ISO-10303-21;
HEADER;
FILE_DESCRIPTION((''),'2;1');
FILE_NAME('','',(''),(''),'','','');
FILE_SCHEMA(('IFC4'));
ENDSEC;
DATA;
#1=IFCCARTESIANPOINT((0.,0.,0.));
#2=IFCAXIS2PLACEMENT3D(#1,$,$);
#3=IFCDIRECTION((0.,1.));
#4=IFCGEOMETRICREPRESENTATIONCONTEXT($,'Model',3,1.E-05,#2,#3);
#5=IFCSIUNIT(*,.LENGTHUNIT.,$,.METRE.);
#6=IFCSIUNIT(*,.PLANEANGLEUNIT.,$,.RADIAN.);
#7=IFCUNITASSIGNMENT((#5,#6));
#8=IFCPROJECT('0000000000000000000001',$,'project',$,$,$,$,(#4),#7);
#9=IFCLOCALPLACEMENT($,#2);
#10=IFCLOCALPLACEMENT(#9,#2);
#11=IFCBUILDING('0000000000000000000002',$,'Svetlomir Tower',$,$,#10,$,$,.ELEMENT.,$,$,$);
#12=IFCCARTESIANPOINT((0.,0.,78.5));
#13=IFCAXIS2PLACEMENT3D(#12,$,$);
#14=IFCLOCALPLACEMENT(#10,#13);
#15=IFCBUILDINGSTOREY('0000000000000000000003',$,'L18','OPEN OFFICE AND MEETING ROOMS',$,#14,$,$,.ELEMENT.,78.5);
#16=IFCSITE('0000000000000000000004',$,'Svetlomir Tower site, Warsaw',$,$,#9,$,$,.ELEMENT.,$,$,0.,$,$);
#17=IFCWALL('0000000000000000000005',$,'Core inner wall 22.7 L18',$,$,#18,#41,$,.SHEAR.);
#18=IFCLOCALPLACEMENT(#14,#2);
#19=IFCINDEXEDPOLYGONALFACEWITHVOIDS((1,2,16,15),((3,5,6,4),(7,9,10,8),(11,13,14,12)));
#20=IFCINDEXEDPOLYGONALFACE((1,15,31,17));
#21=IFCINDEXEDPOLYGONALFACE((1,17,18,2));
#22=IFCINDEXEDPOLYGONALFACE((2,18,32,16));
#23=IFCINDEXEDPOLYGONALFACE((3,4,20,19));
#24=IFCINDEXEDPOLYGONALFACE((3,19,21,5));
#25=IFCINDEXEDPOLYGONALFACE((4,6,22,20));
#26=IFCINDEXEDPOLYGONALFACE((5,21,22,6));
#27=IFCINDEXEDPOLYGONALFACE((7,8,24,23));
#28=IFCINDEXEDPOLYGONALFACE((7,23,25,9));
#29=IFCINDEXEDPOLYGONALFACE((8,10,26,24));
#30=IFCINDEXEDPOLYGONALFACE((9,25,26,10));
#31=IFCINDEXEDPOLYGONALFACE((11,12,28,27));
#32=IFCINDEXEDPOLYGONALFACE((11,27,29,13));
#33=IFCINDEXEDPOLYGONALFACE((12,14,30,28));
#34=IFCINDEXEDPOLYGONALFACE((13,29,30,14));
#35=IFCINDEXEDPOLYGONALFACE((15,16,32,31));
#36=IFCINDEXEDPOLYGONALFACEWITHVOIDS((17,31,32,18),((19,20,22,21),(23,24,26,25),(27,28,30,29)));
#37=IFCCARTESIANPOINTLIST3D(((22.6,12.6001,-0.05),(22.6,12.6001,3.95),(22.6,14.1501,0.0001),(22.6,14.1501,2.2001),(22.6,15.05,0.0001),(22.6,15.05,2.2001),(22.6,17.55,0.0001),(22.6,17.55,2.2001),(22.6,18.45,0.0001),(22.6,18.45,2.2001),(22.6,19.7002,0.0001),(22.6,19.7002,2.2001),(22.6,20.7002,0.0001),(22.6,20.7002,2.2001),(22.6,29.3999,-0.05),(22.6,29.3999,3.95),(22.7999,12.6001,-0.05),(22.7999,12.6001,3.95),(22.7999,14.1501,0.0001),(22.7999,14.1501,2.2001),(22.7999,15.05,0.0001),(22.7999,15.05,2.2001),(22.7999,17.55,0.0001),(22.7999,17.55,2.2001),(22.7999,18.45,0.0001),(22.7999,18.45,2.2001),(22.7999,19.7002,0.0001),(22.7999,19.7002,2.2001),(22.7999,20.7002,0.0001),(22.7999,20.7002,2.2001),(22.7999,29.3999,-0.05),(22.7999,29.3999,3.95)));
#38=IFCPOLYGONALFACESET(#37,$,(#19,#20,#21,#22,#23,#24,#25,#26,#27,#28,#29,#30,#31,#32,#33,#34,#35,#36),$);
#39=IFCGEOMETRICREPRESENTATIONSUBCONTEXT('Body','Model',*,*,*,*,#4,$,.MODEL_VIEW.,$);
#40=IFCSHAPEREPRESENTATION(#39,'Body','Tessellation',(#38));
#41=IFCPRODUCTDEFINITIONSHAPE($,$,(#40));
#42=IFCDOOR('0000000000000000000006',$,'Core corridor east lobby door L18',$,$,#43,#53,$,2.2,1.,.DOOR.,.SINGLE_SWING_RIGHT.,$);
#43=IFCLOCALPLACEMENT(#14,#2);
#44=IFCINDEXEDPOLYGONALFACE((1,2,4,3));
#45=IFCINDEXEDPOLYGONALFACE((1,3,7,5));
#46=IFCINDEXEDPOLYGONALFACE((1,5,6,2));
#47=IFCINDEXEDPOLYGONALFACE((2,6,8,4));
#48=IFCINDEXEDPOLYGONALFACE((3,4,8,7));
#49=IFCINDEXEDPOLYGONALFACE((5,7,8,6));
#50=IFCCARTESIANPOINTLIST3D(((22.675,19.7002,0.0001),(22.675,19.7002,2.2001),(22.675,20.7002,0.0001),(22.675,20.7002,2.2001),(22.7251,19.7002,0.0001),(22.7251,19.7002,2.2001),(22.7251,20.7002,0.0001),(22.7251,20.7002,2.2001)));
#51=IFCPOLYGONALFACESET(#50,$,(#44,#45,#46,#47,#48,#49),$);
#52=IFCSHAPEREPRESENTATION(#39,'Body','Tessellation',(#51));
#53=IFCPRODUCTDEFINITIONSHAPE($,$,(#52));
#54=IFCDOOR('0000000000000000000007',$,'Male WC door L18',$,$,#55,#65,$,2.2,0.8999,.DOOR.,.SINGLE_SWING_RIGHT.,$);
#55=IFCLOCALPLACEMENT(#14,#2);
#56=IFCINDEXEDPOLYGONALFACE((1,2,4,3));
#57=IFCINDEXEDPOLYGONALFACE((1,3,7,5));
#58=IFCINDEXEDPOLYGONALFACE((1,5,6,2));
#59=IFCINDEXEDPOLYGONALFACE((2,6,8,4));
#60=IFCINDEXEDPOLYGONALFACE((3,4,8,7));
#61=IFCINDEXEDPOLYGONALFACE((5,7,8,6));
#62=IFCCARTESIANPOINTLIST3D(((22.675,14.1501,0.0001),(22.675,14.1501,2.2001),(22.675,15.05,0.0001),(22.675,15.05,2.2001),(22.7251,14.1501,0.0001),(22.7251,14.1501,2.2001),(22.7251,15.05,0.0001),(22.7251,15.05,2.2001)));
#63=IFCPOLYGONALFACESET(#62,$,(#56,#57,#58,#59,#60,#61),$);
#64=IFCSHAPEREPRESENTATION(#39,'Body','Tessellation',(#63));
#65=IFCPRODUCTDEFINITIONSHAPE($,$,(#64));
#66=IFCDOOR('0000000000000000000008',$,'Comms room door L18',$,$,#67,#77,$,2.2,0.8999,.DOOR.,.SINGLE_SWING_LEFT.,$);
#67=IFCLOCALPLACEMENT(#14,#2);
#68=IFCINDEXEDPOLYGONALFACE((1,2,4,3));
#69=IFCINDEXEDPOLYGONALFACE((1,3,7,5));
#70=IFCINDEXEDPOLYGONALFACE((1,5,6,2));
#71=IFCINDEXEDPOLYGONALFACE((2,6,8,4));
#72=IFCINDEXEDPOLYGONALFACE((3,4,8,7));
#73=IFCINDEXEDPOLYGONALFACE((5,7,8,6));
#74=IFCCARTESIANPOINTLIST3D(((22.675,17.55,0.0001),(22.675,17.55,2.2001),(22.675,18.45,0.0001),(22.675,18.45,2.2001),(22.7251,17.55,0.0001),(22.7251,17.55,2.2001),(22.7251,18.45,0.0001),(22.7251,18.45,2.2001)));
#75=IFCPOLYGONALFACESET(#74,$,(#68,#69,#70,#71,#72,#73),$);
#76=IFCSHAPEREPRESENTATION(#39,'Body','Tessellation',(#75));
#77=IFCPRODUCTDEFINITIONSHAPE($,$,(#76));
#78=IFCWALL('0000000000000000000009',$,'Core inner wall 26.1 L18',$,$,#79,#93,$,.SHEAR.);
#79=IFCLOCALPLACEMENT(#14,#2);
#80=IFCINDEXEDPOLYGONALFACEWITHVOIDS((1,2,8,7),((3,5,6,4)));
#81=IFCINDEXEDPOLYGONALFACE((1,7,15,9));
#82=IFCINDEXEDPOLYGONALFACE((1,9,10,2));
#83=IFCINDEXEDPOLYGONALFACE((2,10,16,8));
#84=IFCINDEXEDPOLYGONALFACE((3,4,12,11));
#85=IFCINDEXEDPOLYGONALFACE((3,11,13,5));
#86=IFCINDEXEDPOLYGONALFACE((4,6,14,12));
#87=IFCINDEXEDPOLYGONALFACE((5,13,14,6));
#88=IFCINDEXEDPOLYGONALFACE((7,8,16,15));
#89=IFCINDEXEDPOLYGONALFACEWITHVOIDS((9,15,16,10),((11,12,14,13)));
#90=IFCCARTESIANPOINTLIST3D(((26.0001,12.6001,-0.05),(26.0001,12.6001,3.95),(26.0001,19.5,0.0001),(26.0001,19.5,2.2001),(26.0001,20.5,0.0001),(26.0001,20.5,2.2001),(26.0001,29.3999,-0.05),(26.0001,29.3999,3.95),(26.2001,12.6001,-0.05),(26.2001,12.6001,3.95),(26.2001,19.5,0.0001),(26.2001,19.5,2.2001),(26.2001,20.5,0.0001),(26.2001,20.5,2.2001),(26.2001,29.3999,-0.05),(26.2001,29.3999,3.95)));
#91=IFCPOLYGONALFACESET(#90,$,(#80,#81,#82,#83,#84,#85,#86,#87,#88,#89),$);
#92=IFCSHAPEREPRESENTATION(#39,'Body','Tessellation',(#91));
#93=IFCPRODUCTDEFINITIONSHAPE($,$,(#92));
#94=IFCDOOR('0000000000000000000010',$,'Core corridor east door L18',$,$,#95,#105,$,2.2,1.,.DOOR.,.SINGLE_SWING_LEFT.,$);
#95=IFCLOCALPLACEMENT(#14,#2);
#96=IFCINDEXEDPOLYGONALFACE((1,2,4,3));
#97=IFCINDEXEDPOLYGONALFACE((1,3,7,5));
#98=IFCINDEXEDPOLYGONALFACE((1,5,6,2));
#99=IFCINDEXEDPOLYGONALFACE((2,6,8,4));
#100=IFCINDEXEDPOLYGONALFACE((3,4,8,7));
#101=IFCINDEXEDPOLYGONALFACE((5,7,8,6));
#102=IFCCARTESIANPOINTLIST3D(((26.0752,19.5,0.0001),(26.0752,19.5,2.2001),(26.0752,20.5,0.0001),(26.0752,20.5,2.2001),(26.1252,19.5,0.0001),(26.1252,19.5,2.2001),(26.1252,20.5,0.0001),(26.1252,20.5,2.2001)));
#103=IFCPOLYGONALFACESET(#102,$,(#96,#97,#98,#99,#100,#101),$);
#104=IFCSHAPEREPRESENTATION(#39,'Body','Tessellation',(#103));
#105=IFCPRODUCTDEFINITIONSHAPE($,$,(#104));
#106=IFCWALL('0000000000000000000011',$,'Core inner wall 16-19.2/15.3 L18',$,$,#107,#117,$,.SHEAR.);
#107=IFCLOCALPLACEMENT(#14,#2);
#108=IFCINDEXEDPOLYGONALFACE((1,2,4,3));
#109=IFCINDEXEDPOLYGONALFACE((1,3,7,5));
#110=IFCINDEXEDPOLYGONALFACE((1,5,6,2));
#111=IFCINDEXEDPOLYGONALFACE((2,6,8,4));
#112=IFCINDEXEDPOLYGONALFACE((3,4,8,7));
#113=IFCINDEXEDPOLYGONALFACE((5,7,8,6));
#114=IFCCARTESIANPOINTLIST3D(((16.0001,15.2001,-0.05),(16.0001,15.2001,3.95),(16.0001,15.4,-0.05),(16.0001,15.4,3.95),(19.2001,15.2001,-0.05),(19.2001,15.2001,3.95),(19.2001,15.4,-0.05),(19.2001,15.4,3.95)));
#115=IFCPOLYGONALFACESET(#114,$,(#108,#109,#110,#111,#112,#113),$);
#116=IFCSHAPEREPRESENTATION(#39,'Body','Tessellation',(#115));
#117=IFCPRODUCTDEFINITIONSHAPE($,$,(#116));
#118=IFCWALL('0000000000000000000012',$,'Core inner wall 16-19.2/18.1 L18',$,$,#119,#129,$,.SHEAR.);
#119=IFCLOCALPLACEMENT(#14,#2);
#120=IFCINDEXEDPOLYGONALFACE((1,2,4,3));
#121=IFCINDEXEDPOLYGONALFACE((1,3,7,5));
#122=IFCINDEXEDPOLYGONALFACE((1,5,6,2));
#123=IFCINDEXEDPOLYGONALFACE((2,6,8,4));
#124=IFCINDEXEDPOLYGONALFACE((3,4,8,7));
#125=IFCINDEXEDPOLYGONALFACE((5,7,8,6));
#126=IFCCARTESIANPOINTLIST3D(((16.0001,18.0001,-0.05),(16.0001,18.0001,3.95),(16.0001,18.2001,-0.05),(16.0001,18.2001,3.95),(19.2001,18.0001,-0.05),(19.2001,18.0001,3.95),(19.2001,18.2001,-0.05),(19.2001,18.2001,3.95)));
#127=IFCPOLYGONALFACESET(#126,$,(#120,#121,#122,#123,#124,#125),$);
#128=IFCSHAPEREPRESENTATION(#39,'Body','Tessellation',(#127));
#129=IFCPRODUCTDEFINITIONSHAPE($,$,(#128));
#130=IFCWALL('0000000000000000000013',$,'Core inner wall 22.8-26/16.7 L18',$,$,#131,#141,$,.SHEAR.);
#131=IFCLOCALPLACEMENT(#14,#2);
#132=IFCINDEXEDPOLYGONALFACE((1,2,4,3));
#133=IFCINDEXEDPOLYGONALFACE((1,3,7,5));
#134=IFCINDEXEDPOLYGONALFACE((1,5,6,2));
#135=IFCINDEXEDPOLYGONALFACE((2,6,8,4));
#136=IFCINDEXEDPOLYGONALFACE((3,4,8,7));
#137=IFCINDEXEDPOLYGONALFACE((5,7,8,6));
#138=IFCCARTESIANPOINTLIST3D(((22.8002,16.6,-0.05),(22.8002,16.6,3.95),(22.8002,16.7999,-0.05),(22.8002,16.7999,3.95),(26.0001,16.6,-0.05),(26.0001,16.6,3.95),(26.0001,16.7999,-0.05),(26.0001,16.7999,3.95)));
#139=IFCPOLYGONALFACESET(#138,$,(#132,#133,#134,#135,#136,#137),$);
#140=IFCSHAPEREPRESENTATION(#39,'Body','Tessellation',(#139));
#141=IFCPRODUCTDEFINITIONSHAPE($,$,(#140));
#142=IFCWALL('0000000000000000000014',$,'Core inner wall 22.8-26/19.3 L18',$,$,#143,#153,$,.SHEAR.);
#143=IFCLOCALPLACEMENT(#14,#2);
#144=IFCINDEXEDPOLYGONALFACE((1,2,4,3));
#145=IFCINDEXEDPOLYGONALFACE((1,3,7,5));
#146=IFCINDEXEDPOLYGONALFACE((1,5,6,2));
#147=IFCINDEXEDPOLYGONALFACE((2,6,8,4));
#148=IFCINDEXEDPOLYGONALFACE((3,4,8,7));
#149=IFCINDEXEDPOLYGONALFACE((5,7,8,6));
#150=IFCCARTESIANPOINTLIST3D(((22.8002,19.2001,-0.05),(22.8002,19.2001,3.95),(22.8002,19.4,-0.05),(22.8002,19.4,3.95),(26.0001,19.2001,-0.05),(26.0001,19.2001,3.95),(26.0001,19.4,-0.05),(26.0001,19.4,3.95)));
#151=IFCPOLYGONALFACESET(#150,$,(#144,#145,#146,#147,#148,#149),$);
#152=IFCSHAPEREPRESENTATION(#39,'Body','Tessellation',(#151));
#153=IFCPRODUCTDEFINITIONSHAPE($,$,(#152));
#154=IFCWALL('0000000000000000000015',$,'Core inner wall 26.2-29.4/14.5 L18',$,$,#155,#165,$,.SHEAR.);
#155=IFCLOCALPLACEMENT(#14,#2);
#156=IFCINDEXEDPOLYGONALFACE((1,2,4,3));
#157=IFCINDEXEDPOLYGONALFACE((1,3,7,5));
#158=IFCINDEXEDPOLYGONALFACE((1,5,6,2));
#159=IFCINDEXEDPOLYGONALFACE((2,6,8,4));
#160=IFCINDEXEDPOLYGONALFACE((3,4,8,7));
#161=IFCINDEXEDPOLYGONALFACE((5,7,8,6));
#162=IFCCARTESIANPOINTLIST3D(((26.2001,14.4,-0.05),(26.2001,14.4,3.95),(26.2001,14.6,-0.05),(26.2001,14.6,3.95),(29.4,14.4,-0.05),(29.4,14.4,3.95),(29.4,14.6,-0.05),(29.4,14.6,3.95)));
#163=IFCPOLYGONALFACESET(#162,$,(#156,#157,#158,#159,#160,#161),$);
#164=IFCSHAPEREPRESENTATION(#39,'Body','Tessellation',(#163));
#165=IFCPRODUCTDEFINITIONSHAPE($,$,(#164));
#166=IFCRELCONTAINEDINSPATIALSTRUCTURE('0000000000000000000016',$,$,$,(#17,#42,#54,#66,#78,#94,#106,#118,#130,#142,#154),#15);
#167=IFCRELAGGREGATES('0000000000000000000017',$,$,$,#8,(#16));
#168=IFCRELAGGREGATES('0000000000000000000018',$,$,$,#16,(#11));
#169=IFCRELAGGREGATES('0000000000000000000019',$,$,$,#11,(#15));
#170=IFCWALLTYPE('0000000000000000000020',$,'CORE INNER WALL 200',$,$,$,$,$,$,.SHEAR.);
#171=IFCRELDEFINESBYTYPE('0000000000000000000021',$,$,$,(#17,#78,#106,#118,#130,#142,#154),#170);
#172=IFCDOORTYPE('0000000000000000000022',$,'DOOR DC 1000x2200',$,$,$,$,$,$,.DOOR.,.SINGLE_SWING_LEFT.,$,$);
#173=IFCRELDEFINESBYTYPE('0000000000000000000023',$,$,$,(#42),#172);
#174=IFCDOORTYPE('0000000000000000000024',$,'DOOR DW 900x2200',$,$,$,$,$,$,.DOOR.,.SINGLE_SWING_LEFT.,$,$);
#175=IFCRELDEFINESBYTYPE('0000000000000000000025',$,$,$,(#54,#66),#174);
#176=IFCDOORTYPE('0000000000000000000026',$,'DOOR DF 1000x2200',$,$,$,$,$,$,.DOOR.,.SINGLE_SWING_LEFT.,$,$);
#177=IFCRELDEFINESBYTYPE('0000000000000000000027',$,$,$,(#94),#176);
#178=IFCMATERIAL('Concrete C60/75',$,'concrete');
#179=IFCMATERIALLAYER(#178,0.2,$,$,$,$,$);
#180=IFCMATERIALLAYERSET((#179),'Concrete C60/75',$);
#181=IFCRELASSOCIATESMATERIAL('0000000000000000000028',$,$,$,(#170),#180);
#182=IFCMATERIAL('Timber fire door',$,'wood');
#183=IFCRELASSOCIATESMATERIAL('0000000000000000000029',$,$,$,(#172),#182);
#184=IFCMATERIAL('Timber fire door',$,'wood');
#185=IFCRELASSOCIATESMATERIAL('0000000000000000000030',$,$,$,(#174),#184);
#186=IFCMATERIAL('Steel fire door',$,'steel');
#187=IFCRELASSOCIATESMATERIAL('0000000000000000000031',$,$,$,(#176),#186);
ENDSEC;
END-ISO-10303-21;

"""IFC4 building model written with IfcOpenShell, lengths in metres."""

from ifc_helpers import new_model, si_unit, direction, frame, frame_2d, origin, place, context, subcontext, project, spatial, rectangle, extrude, material, layer, layer_set, type_object, element, fill, save


model = new_model("IFC4")

# Units and contexts
model_context = context("Model", 3, precision=1e-05, world=origin(), true_north=direction((0.0, 1.0)))
body_context = subcontext(model_context, "Body", "Model", "MODEL_VIEW")
ifc_project = project(units=[si_unit("LENGTHUNIT", "METRE"), si_unit("PLANEANGLEUNIT", "RADIAN")], contexts=[model_context])

# Site, building, storey
site_placement = place(None, origin())
site = spatial("IfcSite", under=ifc_project, at=site_placement, Name="Svetlomir Tower site, Warsaw", CompositionType="ELEMENT", RefElevation=0.0)
building_placement = place(site_placement, origin())
building = spatial("IfcBuilding", under=site, at=building_placement, Name="Svetlomir Tower", CompositionType="ELEMENT")
storey_placement = place(building_placement, frame((0.0, 0.0, 78.5)))
storey = spatial("IfcBuildingStorey", under=building, at=storey_placement, Name="L18", Description="OPEN OFFICE AND MEETING ROOMS", CompositionType="ELEMENT", Elevation=78.5)

# Wall, openings, doors
ifc_material_1 = material(Name="Concrete C60/75", Category="concrete")
ifc_layer_1 = layer(ifc_material_1, 0.2)
ifc_layer_set_1 = layer_set([ifc_layer_1], Name="Concrete C60/75")
wall_type_1 = type_object("IfcWallType", Name="CORE INNER WALL 200", PredefinedType="SHEAR", material=ifc_layer_set_1)
wall_1_placement = place(storey_placement, frame((22.7, 12.6001, -0.05), z_axis=(0.0, 0.0, 1.0), x_axis=(0.0, 1.0, 0.0)))
wall_1 = element("IfcWall", 1, at=wall_1_placement, inside=storey, type_object=wall_type_1, Name="Core inner wall 22.7 L18", PredefinedType="SHEAR", context=body_context, shape_type="SweptSolid", body=[
    extrude(rectangle(XDim=16.7998, YDim=0.2, at=frame_2d((8.3999, 0.0))), origin(), (0.0, 0.0, 1.0), 4.0),
])
opening_1_placement = place(wall_1_placement, frame((7.1001, 0.0, 0.05)))
opening_1 = element("IfcOpeningElement", 2, at=opening_1_placement, cuts=wall_1, PredefinedType="OPENING", context=body_context, shape_type="SweptSolid", body=[
    extrude(rectangle(XDim=1.0, YDim=2.2, at=frame_2d((0.5, 1.1001))), frame((0.0, 0.1099, 0.0), z_axis=(0.0, -1.0, 0.0), x_axis=(1.0, 0.0, 0.0)), (0.0, 0.0, 1.0), 0.22),
])
opening_2_placement = place(wall_1_placement, frame((1.55, 0.0, 0.05)))
opening_2 = element("IfcOpeningElement", 3, at=opening_2_placement, cuts=wall_1, PredefinedType="OPENING", context=body_context, shape_type="SweptSolid", body=[
    extrude(rectangle(XDim=0.8999, YDim=2.2, at=frame_2d((0.45, 1.1001))), frame((0.0, 0.1099, 0.0), z_axis=(0.0, -1.0, 0.0), x_axis=(1.0, 0.0, 0.0)), (0.0, 0.0, 1.0), 0.22),
])
opening_3_placement = place(wall_1_placement, frame((4.95, 0.0, 0.05)))
opening_3 = element("IfcOpeningElement", 4, at=opening_3_placement, cuts=wall_1, PredefinedType="OPENING", context=body_context, shape_type="SweptSolid", body=[
    extrude(rectangle(XDim=0.8999, YDim=2.2, at=frame_2d((0.45, 1.1001))), frame((0.0, 0.1099, 0.0), z_axis=(0.0, -1.0, 0.0), x_axis=(1.0, 0.0, 0.0)), (0.0, 0.0, 1.0), 0.22),
])
ifc_material_2 = material(Name="Timber fire door", Category="wood")
door_type_1 = type_object("IfcDoorType", Name="DOOR DC 1000x2200", OperationType="SINGLE_SWING_LEFT", PredefinedType="DOOR", material=ifc_material_2)
door_1_placement = place(opening_1_placement, origin())
door_1 = element("IfcDoor", 5, at=door_1_placement, inside=storey, type_object=door_type_1, Name="Core corridor east lobby door L18", OperationType="SINGLE_SWING_RIGHT", OverallHeight=2.2, OverallWidth=1.0, PredefinedType="DOOR", context=body_context, shape_type="SweptSolid", body=[
    extrude(rectangle(XDim=1.0, YDim=2.2, at=frame_2d((0.5, 1.1001))), frame((0.0, 0.0249, 0.0), z_axis=(0.0, -1.0, 0.0), x_axis=(1.0, 0.0, 0.0)), (0.0, 0.0, 1.0), 0.05),
])
fill(opening_1, door_1)
ifc_material_3 = material(Name="Timber fire door", Category="wood")
door_type_2 = type_object("IfcDoorType", Name="DOOR DW 900x2200", OperationType="SINGLE_SWING_LEFT", PredefinedType="DOOR", material=ifc_material_3)
door_2_placement = place(opening_2_placement, origin())
door_2 = element("IfcDoor", 6, at=door_2_placement, inside=storey, type_object=door_type_2, Name="Male WC door L18", OperationType="SINGLE_SWING_RIGHT", OverallHeight=2.2, OverallWidth=0.8999, PredefinedType="DOOR", context=body_context, shape_type="SweptSolid", body=[
    extrude(rectangle(XDim=0.8999, YDim=2.2, at=frame_2d((0.45, 1.1001))), frame((0.0, 0.0249, 0.0), z_axis=(0.0, -1.0, 0.0), x_axis=(1.0, 0.0, 0.0)), (0.0, 0.0, 1.0), 0.05),
])
fill(opening_2, door_2)
door_3_placement = place(opening_3_placement, origin())
door_3 = element("IfcDoor", 7, at=door_3_placement, inside=storey, type_object=door_type_2, Name="Comms room door L18", OperationType="SINGLE_SWING_LEFT", OverallHeight=2.2, OverallWidth=0.8999, PredefinedType="DOOR", context=body_context, shape_type="SweptSolid", body=[
    extrude(rectangle(XDim=0.8999, YDim=2.2, at=frame_2d((0.45, 1.1001))), frame((0.0, 0.0249, 0.0), z_axis=(0.0, -1.0, 0.0), x_axis=(1.0, 0.0, 0.0)), (0.0, 0.0, 1.0), 0.05),
])
fill(opening_3, door_3)

# Wall, opening, door
wall_2_placement = place(storey_placement, frame((26.1001, 12.6001, -0.05), z_axis=(0.0, 0.0, 1.0), x_axis=(0.0, 1.0, 0.0)))
wall_2 = element("IfcWall", 8, at=wall_2_placement, inside=storey, type_object=wall_type_1, Name="Core inner wall 26.1 L18", PredefinedType="SHEAR", context=body_context, shape_type="SweptSolid", body=[
    extrude(rectangle(XDim=16.7998, YDim=0.2, at=frame_2d((8.3999, 0.0))), origin(), (0.0, 0.0, 1.0), 4.0),
])
opening_4_placement = place(wall_2_placement, frame((6.8999, 0.0, 0.05)))
opening_4 = element("IfcOpeningElement", 9, at=opening_4_placement, cuts=wall_2, PredefinedType="OPENING", context=body_context, shape_type="SweptSolid", body=[
    extrude(rectangle(XDim=1.0, YDim=2.2, at=frame_2d((0.5, 1.1001))), frame((0.0, 0.1099, 0.0), z_axis=(0.0, -1.0, 0.0), x_axis=(1.0, 0.0, 0.0)), (0.0, 0.0, 1.0), 0.22),
])
ifc_material_4 = material(Name="Steel fire door", Category="steel")
door_type_3 = type_object("IfcDoorType", Name="DOOR DF 1000x2200", OperationType="SINGLE_SWING_LEFT", PredefinedType="DOOR", material=ifc_material_4)
door_4_placement = place(opening_4_placement, origin())
door_4 = element("IfcDoor", 10, at=door_4_placement, inside=storey, type_object=door_type_3, Name="Core corridor east door L18", OperationType="SINGLE_SWING_LEFT", OverallHeight=2.2, OverallWidth=1.0, PredefinedType="DOOR", context=body_context, shape_type="SweptSolid", body=[
    extrude(rectangle(XDim=1.0, YDim=2.2, at=frame_2d((0.5, 1.1001))), frame((0.0, 0.0249, 0.0), z_axis=(0.0, -1.0, 0.0), x_axis=(1.0, 0.0, 0.0)), (0.0, 0.0, 1.0), 0.05),
])
fill(opening_4, door_4)

# Walls
for number, where, z_axis, x_axis, name in (
    (11, (16.0, 15.3, -0.05), (0.0, 0.0, 1.0), (1.0, 0.0, 0.0), "Core inner wall 16-19.2/15.3 L18"),
    (12, (16.0, 18.1001, -0.05), (0.0, 0.0, 1.0), (1.0, 0.0, 0.0), "Core inner wall 16-19.2/18.1 L18"),
    (13, (22.8, 16.7, -0.05), (0.0, 0.0, 1.0), (1.0, 0.0, 0.0), "Core inner wall 22.8-26/16.7 L18"),
    (14, (22.8, 19.3, -0.05), (0.0, 0.0, 1.0), (1.0, 0.0, 0.0), "Core inner wall 22.8-26/19.3 L18"),
    (15, (26.2, 14.5, -0.05), (0.0, 0.0, 1.0), (1.0, 0.0, 0.0), "Core inner wall 26.2-29.4/14.5 L18"),
):
    element("IfcWall", number, at=place(storey_placement, frame(where, z_axis=z_axis, x_axis=x_axis)), inside=storey, type_object=wall_type_1, Name=name, PredefinedType="SHEAR", context=body_context, shape_type="SweptSolid", body=[
        extrude(rectangle(XDim=3.2, YDim=0.2, at=frame_2d((1.6001, 0.0))), origin(), (0.0, 0.0, 1.0), 4.0),
    ])

save(model, "model.ifc")
